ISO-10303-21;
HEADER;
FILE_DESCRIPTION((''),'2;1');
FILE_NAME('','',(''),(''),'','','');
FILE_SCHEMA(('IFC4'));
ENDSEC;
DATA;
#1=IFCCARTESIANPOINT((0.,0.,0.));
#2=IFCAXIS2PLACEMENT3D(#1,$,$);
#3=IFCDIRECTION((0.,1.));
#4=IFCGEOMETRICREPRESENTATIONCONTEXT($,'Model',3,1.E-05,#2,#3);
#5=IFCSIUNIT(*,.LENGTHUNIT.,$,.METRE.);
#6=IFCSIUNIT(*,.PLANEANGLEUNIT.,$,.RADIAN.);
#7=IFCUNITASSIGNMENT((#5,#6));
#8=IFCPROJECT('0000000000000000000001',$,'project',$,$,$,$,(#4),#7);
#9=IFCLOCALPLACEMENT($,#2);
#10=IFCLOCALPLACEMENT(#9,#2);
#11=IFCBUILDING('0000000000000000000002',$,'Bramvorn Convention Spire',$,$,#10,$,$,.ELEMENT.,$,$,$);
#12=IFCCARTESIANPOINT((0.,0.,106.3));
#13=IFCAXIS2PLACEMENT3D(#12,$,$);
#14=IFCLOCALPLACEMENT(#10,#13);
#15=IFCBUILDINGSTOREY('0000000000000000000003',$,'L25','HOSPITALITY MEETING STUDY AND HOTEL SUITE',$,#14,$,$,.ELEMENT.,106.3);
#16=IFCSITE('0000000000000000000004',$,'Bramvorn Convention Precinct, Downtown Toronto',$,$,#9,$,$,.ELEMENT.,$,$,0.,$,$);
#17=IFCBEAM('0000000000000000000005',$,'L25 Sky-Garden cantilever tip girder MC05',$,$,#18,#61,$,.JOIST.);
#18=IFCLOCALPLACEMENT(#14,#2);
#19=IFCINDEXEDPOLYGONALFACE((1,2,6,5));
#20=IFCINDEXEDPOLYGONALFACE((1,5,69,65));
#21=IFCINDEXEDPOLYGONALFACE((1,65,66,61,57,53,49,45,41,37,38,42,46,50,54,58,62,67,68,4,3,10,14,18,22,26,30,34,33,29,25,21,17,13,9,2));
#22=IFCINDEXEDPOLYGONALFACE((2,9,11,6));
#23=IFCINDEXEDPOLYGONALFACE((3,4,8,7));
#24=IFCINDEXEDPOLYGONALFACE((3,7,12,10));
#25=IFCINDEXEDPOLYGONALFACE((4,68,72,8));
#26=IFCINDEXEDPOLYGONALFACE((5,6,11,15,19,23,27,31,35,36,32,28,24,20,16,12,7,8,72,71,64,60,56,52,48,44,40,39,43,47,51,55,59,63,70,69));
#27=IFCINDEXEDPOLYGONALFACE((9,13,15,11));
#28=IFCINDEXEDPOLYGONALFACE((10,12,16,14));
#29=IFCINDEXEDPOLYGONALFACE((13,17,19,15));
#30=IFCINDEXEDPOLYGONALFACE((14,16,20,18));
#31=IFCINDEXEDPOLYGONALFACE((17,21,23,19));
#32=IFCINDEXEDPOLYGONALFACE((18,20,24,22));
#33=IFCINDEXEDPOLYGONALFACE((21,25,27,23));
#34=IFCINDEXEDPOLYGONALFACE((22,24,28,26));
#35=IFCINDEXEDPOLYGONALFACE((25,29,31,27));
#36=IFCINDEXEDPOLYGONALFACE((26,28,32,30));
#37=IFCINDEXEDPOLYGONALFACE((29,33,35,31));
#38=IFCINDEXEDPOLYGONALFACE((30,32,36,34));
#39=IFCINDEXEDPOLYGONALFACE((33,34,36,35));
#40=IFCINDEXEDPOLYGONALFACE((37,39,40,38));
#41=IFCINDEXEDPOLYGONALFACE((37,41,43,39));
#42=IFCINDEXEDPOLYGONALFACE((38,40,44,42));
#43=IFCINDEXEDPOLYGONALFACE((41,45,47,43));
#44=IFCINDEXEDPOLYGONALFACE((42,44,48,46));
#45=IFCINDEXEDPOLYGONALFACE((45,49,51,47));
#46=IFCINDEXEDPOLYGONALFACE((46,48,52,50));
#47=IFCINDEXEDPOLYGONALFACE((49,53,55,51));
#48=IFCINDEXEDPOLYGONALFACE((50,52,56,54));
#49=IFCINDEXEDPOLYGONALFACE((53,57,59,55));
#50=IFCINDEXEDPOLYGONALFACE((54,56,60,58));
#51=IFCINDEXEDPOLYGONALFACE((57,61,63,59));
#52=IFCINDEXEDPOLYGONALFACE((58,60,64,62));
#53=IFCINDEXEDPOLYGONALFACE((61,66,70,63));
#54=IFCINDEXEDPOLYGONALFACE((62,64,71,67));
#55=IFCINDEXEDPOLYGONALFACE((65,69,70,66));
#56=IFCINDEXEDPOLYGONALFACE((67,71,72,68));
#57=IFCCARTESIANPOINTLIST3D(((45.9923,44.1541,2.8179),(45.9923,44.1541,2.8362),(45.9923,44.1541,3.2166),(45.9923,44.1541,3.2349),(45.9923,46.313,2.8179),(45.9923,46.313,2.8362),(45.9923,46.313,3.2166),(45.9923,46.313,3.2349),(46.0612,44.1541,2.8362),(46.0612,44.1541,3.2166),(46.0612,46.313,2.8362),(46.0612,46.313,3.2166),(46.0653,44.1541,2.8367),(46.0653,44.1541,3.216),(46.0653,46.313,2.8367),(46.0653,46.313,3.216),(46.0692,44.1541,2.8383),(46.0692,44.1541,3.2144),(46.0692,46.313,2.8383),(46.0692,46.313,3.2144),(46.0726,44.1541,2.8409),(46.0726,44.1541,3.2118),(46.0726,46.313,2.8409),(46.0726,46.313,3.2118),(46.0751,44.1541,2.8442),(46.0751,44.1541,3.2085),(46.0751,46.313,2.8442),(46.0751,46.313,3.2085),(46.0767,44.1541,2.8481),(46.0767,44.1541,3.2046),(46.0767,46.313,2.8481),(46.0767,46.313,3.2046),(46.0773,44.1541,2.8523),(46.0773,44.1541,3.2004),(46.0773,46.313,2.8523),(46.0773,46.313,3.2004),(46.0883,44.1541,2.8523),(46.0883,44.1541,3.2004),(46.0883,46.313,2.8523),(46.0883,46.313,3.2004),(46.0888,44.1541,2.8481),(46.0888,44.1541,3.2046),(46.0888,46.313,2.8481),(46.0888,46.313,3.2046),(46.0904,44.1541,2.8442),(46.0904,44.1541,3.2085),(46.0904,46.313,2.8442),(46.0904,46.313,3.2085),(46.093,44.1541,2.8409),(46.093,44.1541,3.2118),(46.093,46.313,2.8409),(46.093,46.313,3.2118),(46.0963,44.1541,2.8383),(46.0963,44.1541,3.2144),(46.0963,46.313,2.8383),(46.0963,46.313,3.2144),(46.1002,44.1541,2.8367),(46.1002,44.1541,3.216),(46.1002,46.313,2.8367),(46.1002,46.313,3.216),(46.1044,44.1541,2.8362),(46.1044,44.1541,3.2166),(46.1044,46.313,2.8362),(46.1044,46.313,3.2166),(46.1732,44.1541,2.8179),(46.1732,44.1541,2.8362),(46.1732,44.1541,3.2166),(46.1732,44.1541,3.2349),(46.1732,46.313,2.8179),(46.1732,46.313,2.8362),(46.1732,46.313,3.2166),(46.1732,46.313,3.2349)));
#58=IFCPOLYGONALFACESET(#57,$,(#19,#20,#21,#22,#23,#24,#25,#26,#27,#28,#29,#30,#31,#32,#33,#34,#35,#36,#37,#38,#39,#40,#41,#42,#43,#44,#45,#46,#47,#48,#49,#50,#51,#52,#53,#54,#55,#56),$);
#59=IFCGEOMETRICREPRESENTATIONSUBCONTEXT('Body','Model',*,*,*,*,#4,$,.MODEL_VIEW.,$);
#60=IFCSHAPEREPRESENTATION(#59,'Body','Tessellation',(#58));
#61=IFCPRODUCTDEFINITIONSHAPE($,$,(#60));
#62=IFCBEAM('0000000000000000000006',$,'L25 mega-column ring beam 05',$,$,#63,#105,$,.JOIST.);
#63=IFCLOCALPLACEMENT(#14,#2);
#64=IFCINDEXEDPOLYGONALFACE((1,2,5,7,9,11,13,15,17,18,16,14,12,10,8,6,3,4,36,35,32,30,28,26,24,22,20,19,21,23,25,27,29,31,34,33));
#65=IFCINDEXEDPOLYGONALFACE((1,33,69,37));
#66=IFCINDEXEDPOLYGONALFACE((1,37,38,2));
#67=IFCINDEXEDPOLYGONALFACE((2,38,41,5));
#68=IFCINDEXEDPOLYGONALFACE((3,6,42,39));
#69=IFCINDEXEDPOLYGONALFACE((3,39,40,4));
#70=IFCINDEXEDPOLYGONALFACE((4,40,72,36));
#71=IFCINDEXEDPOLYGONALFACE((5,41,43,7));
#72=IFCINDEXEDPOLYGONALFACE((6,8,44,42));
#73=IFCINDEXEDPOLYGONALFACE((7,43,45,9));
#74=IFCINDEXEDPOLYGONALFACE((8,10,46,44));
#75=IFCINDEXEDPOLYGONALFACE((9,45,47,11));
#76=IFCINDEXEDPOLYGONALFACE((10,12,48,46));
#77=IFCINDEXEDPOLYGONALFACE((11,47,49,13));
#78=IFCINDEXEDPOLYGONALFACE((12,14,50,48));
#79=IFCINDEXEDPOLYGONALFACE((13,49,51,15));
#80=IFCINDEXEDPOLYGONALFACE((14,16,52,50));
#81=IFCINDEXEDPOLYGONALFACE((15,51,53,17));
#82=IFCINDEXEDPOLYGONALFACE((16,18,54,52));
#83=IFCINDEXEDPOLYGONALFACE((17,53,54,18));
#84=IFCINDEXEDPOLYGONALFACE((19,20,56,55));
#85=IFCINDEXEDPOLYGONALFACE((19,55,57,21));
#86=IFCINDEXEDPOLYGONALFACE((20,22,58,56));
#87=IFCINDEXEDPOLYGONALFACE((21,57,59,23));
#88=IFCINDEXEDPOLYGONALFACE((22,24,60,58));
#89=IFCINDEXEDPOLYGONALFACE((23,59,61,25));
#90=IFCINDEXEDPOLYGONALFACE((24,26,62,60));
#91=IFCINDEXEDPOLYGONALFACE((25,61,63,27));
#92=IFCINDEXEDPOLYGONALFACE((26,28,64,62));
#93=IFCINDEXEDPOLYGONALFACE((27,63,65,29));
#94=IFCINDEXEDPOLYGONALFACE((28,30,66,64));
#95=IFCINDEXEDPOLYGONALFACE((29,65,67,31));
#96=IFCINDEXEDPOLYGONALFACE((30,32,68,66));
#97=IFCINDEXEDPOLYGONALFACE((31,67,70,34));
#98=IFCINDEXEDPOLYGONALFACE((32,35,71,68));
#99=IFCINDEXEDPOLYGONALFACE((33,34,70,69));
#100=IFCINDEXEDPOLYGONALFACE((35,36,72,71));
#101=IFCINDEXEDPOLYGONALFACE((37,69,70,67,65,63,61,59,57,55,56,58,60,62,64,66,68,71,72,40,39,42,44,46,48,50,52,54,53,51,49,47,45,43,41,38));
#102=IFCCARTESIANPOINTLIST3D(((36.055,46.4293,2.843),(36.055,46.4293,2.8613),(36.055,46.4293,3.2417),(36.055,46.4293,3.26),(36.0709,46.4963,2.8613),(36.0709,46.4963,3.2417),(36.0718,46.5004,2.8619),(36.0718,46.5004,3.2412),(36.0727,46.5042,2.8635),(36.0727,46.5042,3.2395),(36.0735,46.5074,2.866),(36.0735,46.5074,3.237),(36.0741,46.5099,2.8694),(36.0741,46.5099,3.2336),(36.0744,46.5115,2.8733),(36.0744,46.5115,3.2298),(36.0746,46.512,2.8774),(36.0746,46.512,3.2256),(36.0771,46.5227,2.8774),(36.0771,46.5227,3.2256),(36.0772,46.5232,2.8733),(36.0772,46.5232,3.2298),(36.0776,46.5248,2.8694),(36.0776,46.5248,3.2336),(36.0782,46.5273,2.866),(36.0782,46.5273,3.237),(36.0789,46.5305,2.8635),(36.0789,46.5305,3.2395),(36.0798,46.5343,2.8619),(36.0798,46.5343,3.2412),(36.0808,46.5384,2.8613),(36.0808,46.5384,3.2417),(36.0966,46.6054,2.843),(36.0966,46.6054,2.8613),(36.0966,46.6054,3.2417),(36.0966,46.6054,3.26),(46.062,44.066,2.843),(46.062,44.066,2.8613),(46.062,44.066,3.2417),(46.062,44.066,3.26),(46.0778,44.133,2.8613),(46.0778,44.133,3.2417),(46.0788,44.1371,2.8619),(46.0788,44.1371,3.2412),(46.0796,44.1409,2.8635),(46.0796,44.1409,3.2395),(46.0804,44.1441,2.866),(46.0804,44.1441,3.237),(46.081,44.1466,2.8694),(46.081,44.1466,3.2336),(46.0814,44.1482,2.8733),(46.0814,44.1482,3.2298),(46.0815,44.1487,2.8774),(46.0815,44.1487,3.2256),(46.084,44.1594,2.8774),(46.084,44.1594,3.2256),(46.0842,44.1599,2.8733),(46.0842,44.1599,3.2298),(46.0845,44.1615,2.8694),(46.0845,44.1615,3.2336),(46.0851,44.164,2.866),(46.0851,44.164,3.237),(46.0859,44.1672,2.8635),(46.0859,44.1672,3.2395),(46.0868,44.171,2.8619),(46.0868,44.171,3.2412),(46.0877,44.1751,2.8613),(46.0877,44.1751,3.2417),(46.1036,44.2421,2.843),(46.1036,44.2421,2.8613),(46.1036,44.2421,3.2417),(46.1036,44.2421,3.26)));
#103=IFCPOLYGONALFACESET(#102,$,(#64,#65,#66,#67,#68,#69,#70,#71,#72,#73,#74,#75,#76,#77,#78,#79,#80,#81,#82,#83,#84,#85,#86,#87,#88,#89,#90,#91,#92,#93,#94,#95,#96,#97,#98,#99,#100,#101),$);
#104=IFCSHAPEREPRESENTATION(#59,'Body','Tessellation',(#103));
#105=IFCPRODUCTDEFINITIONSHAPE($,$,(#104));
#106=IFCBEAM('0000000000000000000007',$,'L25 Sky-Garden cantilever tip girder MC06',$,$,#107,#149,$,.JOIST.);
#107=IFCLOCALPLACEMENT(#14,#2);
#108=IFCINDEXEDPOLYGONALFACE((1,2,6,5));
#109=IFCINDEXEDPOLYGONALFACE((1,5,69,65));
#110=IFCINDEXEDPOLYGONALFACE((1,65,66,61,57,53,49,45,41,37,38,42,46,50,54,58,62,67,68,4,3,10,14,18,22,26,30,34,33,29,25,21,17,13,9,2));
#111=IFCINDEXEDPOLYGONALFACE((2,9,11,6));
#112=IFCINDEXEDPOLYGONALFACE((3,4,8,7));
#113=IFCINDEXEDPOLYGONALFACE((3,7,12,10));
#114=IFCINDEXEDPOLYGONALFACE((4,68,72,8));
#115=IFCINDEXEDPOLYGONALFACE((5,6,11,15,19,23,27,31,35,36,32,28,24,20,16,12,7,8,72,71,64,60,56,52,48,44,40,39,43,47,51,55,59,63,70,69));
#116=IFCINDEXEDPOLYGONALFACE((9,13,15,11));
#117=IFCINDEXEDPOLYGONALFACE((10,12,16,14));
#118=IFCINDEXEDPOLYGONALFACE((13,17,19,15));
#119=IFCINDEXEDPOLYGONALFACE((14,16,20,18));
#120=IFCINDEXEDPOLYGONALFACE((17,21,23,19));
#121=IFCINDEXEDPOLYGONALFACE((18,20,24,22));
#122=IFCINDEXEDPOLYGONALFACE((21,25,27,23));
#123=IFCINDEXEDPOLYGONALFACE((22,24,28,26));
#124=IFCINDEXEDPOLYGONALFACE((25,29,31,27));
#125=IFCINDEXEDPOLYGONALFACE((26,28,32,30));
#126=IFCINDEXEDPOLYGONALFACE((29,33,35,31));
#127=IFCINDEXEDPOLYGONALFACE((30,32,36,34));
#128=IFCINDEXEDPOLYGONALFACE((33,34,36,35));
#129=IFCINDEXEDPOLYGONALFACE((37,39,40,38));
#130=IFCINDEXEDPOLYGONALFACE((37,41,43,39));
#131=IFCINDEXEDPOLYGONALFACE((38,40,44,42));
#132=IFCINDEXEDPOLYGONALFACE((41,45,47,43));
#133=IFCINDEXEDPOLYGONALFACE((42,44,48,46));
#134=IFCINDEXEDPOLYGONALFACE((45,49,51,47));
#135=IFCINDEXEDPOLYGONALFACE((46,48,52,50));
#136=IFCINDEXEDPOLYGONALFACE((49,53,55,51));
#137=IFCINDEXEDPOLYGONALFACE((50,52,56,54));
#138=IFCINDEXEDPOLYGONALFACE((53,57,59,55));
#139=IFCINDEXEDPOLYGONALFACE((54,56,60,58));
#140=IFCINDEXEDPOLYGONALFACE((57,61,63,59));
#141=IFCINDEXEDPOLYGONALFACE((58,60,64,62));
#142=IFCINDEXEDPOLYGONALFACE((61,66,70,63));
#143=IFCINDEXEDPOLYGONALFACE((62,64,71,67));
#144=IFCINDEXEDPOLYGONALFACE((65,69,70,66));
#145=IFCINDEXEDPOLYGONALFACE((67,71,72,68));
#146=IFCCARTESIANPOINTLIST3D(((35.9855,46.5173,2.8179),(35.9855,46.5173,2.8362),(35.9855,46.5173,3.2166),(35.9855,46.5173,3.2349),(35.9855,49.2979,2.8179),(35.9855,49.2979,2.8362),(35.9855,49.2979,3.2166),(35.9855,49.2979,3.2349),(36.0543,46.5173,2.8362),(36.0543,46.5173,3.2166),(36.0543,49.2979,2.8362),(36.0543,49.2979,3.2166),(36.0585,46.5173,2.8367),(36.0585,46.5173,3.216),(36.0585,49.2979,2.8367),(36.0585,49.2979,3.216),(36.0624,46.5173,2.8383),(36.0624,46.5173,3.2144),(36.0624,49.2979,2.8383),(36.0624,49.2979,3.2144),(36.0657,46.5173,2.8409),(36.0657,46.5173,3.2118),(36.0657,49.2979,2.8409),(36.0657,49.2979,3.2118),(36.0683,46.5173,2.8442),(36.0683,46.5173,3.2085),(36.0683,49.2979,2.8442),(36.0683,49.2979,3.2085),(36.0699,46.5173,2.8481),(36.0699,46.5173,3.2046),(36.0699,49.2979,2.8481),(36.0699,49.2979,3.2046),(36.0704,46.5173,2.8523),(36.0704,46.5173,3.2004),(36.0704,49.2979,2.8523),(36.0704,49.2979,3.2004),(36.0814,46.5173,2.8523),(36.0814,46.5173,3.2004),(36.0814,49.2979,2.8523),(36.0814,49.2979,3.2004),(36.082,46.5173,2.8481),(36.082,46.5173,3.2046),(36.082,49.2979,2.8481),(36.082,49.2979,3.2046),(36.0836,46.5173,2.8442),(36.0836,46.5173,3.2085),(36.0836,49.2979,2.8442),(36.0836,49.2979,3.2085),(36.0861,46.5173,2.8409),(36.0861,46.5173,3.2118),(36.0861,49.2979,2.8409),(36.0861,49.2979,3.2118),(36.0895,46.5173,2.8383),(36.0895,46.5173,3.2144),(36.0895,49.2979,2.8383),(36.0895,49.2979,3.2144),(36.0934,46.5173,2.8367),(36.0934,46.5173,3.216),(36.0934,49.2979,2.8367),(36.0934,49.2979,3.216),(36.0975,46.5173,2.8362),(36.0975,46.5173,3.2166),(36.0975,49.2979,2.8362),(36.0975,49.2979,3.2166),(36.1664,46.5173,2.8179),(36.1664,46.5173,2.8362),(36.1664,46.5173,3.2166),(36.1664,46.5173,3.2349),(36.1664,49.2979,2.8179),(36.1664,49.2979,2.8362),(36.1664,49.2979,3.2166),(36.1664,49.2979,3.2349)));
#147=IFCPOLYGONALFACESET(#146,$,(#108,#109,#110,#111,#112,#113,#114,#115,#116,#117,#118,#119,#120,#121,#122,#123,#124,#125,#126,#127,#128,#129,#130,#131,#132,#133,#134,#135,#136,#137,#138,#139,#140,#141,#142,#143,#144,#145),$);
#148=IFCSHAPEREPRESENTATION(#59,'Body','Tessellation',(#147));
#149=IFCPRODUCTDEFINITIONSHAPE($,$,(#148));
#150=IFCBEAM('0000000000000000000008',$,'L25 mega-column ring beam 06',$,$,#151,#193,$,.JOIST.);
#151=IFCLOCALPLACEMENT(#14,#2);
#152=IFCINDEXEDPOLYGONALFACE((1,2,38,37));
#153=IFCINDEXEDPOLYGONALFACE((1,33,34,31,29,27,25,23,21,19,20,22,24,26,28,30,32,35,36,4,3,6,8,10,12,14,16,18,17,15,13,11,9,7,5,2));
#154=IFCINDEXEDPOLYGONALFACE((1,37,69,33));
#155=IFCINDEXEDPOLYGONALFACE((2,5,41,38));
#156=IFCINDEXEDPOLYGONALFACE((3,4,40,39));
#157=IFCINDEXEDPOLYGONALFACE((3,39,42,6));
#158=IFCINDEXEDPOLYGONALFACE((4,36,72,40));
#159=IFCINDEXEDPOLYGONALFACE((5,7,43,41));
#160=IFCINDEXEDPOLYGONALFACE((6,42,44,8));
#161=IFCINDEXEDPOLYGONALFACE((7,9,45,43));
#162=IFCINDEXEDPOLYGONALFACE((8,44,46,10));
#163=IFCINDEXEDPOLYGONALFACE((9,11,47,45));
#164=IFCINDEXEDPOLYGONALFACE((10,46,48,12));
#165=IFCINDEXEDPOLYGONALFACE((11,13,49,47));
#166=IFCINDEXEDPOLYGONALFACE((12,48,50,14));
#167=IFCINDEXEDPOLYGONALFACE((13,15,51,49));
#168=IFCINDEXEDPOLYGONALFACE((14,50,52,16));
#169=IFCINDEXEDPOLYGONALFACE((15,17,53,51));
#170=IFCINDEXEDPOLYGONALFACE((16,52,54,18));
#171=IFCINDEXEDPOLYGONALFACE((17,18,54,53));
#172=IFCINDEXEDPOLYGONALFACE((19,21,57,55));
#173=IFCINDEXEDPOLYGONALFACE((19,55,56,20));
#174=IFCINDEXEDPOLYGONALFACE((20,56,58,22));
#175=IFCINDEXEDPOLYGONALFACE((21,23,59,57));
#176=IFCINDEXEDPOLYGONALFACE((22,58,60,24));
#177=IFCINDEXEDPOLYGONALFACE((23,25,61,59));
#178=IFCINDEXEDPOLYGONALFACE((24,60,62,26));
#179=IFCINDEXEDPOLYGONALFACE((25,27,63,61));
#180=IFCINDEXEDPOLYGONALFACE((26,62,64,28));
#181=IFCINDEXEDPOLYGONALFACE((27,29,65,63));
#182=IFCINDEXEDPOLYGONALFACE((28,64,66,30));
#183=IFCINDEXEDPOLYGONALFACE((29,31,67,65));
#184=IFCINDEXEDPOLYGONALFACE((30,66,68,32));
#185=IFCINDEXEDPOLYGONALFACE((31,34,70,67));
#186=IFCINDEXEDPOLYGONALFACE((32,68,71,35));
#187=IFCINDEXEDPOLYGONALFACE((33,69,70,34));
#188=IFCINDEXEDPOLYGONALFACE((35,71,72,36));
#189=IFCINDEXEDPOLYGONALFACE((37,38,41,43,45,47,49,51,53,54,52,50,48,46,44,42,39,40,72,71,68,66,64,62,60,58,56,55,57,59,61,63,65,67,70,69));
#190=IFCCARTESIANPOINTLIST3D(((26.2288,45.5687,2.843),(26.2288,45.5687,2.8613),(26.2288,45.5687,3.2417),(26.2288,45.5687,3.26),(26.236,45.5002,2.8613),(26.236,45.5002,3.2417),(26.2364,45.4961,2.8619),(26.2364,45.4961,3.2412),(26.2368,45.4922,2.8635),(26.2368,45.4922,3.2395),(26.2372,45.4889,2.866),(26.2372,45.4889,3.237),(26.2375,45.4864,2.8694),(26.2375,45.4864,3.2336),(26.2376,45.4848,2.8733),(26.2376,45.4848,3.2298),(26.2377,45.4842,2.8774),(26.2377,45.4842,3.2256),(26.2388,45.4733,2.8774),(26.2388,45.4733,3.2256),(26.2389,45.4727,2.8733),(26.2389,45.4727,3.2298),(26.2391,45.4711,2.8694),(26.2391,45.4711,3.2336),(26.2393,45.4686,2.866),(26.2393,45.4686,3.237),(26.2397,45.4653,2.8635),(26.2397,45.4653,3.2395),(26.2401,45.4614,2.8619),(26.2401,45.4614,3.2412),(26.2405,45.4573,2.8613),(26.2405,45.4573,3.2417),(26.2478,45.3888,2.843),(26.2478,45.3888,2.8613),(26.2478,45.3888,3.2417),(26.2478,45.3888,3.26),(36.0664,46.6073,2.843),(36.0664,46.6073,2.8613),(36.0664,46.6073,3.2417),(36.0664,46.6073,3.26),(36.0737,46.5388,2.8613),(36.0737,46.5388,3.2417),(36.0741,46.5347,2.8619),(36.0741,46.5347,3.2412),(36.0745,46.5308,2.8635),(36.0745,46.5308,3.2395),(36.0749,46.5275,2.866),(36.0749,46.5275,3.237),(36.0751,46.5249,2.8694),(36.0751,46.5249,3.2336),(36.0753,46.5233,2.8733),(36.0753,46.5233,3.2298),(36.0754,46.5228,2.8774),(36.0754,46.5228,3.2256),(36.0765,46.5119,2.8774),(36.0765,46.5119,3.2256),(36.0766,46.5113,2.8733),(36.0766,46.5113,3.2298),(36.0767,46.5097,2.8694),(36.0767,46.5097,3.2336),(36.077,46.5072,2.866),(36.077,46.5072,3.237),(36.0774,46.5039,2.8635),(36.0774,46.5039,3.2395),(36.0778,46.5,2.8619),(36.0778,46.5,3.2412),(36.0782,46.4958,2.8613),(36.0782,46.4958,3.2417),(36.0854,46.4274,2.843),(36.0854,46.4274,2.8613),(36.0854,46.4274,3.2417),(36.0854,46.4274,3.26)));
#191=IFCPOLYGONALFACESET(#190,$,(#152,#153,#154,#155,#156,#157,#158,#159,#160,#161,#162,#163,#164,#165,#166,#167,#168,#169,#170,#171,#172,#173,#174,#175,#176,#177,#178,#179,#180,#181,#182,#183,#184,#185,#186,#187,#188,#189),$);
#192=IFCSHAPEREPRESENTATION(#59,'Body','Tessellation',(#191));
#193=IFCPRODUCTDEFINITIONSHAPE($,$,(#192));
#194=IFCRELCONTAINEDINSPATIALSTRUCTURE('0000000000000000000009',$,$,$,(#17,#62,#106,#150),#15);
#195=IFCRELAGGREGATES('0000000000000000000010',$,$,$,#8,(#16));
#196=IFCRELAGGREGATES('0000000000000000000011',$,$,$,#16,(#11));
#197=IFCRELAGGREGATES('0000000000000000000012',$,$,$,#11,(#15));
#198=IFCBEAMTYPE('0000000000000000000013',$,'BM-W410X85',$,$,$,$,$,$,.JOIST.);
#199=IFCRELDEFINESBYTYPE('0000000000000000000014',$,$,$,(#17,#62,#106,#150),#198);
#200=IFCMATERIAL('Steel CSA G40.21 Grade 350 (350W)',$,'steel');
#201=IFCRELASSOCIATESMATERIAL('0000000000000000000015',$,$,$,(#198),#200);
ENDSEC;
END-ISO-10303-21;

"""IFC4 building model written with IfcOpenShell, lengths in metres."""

from ifc_helpers import new_model, si_unit, direction, frame, origin, origin_2d, place, context, subcontext, project, spatial, i_section, extrude, material, material_profile, profile_set, type_object, element, save


model = new_model("IFC4")

# Units and contexts
model_context = context("Model", 3, precision=1e-05, world=origin(), true_north=direction((0.0, 1.0)))
body_context = subcontext(model_context, "Body", "Model", "MODEL_VIEW")
ifc_project = project(units=[si_unit("LENGTHUNIT", "METRE"), si_unit("PLANEANGLEUNIT", "RADIAN")], contexts=[model_context])

# Site, building, storey
site_placement = place(None, origin())
site = spatial("IfcSite", under=ifc_project, at=site_placement, Name="Bramvorn Convention Precinct, Downtown Toronto", CompositionType="ELEMENT", RefElevation=0.0)
building_placement = place(site_placement, origin())
building = spatial("IfcBuilding", under=site, at=building_placement, Name="Bramvorn Convention Spire", CompositionType="ELEMENT")
storey_placement = place(building_placement, frame((0.0, 0.0, 106.3)))
storey = spatial("IfcBuildingStorey", under=building, at=storey_placement, Name="L25", Description="HOSPITALITY MEETING STUDY AND HOTEL SUITE", CompositionType="ELEMENT", Elevation=106.3)

# Shared definitions
ifc_material_1 = material(Name="Steel CSA G40.21 Grade 350 (350W)", Category="steel")

# Beams
ifc_material_profile_1 = material_profile(ifc_material_1, i_section(OverallWidth=0.1809, OverallDepth=0.417, WebThickness=0.011, FlangeThickness=0.0183, FilletRadius=0.0161, at=origin_2d()))
ifc_profile_set_1 = profile_set([ifc_material_profile_1], Name="Steel CSA G40.21 Grade 350 (350W) - W410X85")
beam_type = type_object("IfcBeamType", Name="BM-W410X85", PredefinedType="JOIST", material=ifc_profile_set_1)
beam_1_placement = place(storey_placement, frame((46.0828, 44.1541, 3.0264), z_axis=(0.0, 1.0, 0.0), x_axis=(-1.0, 0.0, 0.0)))
element("IfcBeam", 1, at=beam_1_placement, inside=storey, type_object=beam_type, Name="L25 Sky-Garden cantilever tip girder MC05", PredefinedType="JOIST", context=body_context, shape_type="SweptSolid", body=[
    extrude(i_section(OverallWidth=0.1809, OverallDepth=0.417, WebThickness=0.011, FlangeThickness=0.0183, FilletRadius=0.0161, at=origin_2d()), origin(), (0.0, 0.0, 1.0), 2.1589),
])
beam_2_placement = place(storey_placement, frame((46.0828, 44.1541, 3.0515), z_axis=(-0.973228, 0.229844, 0.0), x_axis=(-0.229844, -0.973228, 0.0)))
element("IfcBeam", 2, at=beam_2_placement, inside=storey, type_object=beam_type, Name="L25 mega-column ring beam 05", PredefinedType="JOIST", context=body_context, shape_type="SweptSolid", body=[
    extrude(i_section(OverallWidth=0.1809, OverallDepth=0.417, WebThickness=0.011, FlangeThickness=0.0183, FilletRadius=0.0161, at=origin_2d()), origin(), (0.0, 0.0, 1.0), 10.2822),
])
beam_3_placement = place(storey_placement, frame((36.0759, 46.5173, 3.0264), z_axis=(0.0, 1.0, 0.0), x_axis=(-1.0, 0.0, 0.0)))
element("IfcBeam", 3, at=beam_3_placement, inside=storey, type_object=beam_type, Name="L25 Sky-Garden cantilever tip girder MC06", PredefinedType="JOIST", context=body_context, shape_type="SweptSolid", body=[
    extrude(i_section(OverallWidth=0.1809, OverallDepth=0.417, WebThickness=0.011, FlangeThickness=0.0183, FilletRadius=0.0161, at=origin_2d()), origin(), (0.0, 0.0, 1.0), 2.7805),
])
beam_4_placement = place(storey_placement, frame((36.0759, 46.5173, 3.0515), z_axis=(-0.994473, -0.104988, 0.0), x_axis=(0.104988, -0.994473, 0.0)))
element("IfcBeam", 4, at=beam_4_placement, inside=storey, type_object=beam_type, Name="L25 mega-column ring beam 06", PredefinedType="JOIST", context=body_context, shape_type="SweptSolid", body=[
    extrude(i_section(OverallWidth=0.1809, OverallDepth=0.417, WebThickness=0.011, FlangeThickness=0.0183, FilletRadius=0.0161, at=origin_2d()), origin(), (0.0, 0.0, 1.0), 9.8923),
])

save(model, "model.ifc")
